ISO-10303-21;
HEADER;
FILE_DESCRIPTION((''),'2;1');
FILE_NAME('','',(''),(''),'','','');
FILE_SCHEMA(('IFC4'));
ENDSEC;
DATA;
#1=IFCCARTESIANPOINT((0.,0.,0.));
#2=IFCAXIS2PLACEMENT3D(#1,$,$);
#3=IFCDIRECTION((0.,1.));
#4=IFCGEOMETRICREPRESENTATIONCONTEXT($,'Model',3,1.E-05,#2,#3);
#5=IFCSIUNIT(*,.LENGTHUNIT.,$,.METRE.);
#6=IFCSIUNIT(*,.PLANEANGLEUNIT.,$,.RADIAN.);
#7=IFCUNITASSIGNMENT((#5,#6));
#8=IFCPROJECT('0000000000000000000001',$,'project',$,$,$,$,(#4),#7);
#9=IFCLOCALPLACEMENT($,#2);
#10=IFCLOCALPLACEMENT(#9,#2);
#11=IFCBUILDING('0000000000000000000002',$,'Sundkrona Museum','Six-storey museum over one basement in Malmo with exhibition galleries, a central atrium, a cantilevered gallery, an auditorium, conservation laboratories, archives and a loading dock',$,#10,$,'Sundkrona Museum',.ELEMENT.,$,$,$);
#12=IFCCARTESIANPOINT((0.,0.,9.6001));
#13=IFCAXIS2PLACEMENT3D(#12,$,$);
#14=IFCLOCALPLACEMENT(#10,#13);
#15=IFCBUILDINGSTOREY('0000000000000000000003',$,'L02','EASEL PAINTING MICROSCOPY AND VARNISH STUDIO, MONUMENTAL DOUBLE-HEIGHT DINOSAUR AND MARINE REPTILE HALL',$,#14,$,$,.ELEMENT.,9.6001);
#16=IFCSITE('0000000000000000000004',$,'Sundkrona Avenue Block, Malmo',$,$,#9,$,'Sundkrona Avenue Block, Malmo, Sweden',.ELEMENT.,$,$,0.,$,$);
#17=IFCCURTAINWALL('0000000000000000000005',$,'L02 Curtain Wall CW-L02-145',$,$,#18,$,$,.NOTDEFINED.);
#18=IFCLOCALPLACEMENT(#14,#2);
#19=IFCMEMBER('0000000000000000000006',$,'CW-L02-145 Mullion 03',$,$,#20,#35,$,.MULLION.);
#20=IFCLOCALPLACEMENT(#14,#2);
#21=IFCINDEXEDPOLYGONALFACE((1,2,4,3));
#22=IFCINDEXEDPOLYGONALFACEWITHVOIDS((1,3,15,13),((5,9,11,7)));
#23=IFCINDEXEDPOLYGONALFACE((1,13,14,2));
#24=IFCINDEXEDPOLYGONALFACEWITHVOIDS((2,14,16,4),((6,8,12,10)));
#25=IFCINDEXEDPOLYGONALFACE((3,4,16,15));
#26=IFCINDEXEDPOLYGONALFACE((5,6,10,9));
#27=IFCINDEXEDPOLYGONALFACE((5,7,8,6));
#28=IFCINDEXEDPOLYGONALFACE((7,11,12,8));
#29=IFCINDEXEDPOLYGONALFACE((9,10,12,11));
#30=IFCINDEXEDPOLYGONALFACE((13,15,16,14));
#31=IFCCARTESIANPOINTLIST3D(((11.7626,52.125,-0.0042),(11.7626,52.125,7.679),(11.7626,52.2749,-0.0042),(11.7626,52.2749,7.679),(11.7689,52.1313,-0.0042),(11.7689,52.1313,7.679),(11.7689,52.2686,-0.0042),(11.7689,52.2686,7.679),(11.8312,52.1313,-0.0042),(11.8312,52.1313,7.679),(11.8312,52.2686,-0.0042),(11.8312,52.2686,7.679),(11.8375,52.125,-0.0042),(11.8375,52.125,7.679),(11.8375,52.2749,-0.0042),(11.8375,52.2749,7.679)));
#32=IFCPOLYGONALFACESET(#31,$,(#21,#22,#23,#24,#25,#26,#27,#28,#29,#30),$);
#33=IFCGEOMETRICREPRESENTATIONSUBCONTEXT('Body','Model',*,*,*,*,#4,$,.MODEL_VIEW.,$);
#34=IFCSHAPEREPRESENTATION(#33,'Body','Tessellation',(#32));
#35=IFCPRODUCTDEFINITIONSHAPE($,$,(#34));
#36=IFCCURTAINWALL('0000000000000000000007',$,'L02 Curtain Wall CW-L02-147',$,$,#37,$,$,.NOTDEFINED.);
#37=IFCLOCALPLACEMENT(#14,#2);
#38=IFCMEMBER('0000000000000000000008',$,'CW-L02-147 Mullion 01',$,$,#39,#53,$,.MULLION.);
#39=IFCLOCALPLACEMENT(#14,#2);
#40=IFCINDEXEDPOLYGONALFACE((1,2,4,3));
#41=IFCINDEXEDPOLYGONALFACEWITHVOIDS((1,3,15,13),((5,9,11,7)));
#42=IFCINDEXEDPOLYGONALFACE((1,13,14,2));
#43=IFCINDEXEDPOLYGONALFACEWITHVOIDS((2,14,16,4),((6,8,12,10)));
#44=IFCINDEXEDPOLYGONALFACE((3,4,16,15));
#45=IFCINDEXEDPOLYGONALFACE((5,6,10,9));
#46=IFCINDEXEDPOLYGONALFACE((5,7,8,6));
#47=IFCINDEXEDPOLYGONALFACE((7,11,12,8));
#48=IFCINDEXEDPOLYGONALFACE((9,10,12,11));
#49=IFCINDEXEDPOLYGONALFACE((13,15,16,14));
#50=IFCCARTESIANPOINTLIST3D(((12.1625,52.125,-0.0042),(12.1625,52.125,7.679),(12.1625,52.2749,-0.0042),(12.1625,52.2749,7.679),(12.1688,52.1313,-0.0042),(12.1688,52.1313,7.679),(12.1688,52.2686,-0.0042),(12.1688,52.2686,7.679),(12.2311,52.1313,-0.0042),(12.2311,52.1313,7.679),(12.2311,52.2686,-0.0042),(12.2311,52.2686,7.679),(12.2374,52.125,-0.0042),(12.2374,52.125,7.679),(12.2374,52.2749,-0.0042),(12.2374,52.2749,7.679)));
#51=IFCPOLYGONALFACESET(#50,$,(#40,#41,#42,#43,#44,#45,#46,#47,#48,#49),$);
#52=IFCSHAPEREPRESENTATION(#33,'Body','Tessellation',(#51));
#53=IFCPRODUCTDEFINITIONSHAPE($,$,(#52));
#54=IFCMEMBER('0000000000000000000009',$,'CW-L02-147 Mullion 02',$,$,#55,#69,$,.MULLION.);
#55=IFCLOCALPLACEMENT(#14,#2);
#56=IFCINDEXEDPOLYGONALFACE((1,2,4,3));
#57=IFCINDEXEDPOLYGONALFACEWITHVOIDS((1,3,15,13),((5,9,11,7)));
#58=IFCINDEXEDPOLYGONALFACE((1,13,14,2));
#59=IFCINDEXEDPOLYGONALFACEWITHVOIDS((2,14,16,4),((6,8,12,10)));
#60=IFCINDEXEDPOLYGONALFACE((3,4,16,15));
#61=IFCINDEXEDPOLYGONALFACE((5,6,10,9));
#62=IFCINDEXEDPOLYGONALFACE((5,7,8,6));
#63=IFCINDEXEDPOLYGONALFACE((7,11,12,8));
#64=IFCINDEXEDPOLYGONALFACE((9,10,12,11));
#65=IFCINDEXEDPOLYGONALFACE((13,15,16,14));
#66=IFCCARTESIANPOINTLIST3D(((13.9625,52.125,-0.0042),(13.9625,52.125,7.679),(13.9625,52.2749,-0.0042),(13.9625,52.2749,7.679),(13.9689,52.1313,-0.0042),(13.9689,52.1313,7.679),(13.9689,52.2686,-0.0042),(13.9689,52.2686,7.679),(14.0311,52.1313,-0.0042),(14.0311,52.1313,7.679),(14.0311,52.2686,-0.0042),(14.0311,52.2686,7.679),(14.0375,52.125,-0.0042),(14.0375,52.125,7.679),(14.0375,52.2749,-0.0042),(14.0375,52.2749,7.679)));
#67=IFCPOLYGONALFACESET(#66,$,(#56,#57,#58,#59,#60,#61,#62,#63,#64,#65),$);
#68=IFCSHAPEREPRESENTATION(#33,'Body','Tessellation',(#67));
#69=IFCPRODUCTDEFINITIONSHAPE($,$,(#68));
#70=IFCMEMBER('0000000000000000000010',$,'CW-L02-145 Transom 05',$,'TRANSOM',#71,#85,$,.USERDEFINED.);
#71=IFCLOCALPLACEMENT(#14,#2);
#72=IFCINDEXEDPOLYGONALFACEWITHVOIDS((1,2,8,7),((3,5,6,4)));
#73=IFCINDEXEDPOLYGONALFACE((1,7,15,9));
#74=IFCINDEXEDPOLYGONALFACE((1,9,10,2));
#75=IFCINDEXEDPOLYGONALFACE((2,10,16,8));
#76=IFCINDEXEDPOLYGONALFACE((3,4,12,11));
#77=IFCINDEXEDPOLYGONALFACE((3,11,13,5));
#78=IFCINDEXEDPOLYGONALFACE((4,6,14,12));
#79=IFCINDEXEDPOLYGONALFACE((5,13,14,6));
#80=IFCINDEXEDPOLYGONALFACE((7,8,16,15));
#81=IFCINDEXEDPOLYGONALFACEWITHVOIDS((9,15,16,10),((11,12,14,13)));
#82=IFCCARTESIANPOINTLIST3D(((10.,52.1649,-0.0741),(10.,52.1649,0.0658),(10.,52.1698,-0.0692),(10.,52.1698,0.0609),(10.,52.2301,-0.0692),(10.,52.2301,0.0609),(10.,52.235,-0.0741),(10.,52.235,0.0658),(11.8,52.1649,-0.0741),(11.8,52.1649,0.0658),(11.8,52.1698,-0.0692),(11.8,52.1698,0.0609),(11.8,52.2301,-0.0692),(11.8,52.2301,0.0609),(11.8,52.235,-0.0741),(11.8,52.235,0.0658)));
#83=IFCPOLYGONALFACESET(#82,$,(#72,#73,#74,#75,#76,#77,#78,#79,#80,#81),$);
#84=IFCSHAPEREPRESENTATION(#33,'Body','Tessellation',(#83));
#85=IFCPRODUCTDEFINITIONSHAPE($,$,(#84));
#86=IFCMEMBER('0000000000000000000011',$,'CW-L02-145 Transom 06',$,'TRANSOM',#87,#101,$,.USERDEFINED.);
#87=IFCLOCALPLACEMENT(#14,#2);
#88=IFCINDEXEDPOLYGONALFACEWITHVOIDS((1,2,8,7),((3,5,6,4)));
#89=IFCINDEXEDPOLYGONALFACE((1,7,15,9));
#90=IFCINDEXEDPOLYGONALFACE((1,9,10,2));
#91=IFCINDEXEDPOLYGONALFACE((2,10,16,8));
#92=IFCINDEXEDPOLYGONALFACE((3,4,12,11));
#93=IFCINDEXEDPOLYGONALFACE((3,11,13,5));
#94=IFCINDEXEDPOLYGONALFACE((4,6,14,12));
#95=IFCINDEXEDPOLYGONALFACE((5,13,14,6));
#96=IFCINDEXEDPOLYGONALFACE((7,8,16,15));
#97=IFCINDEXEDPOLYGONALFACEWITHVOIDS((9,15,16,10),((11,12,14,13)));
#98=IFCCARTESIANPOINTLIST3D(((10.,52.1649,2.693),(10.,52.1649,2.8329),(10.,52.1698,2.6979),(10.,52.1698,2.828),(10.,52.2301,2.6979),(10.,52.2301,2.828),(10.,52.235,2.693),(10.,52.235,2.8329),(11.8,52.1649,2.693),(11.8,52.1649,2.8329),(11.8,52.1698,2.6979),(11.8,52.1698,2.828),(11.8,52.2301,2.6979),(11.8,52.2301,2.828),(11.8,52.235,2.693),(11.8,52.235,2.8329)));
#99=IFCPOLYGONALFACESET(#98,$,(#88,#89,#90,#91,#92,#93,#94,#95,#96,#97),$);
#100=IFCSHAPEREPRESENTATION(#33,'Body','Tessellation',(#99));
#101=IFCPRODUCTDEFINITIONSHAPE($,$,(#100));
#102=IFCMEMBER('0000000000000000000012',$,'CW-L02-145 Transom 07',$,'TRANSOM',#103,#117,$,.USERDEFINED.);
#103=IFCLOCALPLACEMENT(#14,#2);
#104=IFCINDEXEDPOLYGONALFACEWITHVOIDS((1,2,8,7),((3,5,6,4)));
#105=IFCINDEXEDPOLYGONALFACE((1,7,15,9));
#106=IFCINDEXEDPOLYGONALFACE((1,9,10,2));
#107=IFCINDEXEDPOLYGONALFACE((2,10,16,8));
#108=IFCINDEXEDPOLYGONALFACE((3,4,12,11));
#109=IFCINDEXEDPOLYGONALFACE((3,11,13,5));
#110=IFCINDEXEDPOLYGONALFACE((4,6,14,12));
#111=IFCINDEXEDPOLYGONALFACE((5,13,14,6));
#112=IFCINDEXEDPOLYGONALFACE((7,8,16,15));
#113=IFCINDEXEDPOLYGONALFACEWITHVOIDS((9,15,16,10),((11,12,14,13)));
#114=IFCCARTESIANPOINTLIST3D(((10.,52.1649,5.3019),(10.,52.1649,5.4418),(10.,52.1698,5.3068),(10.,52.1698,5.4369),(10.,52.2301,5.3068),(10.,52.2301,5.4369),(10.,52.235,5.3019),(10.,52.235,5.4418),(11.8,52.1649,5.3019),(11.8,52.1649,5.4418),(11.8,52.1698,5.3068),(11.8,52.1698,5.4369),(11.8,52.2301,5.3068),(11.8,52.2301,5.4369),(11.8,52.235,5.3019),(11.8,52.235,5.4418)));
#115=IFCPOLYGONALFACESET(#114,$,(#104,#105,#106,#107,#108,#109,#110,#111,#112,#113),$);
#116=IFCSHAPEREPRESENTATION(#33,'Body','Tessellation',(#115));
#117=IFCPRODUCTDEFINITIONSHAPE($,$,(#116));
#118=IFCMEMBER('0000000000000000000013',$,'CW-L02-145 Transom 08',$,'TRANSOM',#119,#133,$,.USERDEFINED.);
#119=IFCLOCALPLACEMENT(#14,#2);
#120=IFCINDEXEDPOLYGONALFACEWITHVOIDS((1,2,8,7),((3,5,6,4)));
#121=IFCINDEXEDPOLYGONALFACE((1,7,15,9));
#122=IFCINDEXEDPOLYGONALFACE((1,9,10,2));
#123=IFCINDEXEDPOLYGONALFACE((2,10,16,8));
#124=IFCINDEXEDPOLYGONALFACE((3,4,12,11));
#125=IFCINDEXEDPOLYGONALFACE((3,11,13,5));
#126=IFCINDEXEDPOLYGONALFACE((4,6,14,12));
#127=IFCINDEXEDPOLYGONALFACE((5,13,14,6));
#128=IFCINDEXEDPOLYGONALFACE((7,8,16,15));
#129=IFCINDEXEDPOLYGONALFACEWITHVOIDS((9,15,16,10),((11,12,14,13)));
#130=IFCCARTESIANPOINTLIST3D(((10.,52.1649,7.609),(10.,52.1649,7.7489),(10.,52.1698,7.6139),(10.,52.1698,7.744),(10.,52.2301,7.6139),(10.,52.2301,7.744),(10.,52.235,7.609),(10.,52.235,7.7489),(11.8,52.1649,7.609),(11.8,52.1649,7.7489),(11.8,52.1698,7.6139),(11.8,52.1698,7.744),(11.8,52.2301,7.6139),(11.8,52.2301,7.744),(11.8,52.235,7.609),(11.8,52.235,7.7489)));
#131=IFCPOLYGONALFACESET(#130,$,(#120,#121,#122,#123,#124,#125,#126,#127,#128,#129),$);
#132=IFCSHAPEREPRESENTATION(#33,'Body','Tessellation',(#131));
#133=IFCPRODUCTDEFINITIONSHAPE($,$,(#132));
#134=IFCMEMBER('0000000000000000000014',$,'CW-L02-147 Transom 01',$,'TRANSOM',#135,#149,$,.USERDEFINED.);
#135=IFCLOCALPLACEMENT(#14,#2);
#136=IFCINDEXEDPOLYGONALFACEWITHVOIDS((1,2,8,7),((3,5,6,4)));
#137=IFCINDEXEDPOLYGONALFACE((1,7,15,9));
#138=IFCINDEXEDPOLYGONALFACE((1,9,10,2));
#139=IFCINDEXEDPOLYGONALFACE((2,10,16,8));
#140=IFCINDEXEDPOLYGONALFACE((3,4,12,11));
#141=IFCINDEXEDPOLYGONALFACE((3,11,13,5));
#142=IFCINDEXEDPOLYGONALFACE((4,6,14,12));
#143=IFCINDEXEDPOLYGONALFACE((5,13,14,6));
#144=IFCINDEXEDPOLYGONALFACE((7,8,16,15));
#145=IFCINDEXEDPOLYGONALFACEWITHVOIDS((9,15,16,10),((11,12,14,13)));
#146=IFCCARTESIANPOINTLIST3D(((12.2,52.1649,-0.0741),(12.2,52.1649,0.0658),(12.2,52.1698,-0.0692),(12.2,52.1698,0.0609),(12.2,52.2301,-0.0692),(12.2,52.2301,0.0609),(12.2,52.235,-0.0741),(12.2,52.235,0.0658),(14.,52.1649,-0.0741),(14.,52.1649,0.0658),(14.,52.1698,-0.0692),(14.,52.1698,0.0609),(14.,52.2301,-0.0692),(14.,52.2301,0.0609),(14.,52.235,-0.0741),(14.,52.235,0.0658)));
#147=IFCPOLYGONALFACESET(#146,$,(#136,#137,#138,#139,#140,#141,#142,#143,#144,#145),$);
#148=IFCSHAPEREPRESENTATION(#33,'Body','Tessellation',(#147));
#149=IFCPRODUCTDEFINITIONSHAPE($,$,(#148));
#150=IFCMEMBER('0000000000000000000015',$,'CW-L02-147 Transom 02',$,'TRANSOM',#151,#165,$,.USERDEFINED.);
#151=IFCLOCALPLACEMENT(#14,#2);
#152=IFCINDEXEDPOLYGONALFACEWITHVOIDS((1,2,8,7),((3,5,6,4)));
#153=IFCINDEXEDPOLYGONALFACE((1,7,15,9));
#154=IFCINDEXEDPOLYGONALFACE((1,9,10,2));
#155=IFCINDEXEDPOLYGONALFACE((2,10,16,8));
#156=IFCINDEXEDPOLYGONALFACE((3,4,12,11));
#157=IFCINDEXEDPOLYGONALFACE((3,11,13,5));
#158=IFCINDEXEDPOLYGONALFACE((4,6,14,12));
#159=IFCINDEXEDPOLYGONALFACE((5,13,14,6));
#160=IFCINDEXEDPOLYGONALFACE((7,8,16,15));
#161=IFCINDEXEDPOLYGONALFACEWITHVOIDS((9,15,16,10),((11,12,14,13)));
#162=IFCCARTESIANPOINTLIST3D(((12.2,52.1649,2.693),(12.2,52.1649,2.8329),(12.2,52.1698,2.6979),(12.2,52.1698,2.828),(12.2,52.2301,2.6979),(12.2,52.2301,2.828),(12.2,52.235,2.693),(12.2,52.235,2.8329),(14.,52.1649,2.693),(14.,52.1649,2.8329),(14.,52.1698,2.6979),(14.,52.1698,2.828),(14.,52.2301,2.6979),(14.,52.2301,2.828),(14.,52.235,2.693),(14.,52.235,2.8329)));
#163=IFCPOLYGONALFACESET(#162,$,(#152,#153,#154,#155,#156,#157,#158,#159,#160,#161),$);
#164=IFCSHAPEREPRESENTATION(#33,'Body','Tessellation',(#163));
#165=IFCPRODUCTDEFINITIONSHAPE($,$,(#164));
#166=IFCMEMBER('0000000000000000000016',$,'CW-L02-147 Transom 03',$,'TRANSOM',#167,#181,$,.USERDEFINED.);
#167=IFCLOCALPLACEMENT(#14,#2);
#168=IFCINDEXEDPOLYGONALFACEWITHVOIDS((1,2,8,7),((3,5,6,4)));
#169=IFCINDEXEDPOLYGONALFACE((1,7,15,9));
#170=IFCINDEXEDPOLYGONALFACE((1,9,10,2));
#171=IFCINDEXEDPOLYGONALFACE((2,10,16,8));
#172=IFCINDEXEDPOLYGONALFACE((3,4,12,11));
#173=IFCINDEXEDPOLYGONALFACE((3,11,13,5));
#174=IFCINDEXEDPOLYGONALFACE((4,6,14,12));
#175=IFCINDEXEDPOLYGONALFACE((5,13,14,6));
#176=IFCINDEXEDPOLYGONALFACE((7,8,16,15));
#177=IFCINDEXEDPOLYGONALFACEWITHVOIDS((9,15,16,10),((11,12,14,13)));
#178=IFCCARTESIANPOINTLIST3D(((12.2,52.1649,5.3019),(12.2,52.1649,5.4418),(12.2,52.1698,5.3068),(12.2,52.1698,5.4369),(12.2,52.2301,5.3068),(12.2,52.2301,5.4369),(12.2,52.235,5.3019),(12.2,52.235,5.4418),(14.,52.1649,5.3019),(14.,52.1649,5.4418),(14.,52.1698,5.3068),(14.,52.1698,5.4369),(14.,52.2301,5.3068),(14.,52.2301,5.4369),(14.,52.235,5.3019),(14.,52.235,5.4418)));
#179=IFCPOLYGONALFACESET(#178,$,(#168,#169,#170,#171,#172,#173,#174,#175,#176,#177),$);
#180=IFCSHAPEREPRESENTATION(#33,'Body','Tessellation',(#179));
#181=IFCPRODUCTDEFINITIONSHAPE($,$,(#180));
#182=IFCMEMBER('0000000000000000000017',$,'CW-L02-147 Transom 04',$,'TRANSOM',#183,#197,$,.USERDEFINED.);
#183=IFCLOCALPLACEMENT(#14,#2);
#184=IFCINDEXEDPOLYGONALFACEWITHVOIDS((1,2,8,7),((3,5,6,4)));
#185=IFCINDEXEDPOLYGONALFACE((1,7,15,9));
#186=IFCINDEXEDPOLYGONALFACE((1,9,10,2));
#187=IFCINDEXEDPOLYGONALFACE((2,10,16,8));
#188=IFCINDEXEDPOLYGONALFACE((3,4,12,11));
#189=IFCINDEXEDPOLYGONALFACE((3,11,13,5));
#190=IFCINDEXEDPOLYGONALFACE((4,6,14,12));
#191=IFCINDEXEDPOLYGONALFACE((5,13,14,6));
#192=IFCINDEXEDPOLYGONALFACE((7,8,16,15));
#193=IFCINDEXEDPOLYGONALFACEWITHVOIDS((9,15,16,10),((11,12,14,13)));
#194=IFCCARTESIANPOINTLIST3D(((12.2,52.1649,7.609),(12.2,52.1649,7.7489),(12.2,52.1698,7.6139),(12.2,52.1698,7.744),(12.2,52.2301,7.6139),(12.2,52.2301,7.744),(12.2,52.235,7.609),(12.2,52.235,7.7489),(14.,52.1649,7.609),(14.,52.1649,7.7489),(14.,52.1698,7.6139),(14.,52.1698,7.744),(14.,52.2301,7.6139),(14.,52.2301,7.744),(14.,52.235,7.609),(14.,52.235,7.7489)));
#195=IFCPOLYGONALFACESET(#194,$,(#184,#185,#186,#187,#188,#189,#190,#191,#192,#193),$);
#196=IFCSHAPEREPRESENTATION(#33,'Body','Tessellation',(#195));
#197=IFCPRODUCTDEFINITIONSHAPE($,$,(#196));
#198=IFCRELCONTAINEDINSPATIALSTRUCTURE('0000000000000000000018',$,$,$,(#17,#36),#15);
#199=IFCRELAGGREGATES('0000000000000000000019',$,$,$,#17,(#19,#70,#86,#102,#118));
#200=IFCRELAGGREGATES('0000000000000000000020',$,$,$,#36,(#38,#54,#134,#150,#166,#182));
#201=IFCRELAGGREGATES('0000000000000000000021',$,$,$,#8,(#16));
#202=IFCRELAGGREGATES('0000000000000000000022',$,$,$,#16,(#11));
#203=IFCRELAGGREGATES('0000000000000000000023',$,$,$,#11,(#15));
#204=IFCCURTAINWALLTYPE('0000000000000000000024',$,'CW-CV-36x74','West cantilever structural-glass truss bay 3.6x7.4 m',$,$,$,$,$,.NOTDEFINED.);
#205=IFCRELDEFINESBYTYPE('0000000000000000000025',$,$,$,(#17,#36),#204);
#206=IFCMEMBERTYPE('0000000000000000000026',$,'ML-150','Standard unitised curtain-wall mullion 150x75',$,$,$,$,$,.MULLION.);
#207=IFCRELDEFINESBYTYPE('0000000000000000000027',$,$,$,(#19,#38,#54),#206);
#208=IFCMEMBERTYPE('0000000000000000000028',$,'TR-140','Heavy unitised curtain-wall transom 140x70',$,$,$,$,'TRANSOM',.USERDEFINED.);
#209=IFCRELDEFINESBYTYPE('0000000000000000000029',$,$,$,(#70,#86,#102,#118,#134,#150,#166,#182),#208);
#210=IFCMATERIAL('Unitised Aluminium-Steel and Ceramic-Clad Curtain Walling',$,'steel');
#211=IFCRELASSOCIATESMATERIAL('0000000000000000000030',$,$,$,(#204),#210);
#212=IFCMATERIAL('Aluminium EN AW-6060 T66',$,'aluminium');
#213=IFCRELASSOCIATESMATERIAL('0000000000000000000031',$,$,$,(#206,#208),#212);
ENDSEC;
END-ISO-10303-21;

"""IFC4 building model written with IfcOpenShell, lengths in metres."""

from ifc_helpers import new_model, si_unit, direction, frame, origin, origin_2d, place, context, subcontext, project, spatial, hollow_rectangle, extrude, material, material_profile, profile_set, type_object, element, aggregate, save


model = new_model("IFC4")

# Units and contexts
model_context = context("Model", 3, precision=1e-05, world=origin(), true_north=direction((0.0, 1.0)))
body_context = subcontext(model_context, "Body", "Model", "MODEL_VIEW")
ifc_project = project(units=[si_unit("LENGTHUNIT", "METRE"), si_unit("PLANEANGLEUNIT", "RADIAN")], contexts=[model_context])

# Site, building, storey
site_placement = place(None, origin())
site = spatial("IfcSite", under=ifc_project, at=site_placement, Name="Sundkrona Avenue Block, Malmo", LongName="Sundkrona Avenue Block, Malmo, Sweden", CompositionType="ELEMENT", RefElevation=0.0)
building_placement = place(site_placement, origin())
building = spatial("IfcBuilding", under=site, at=building_placement, Name="Sundkrona Museum", Description="Six-storey museum over one basement in Malmo with exhibition galleries, a central atrium, a cantilevered gallery, an auditorium, conservation laboratories, archives and a loading dock", LongName="Sundkrona Museum", CompositionType="ELEMENT")
storey_placement = place(building_placement, frame((0.0, 0.0, 9.6001)))
storey = spatial("IfcBuildingStorey", under=building, at=storey_placement, Name="L02", Description="EASEL PAINTING MICROSCOPY AND VARNISH STUDIO, MONUMENTAL DOUBLE-HEIGHT DINOSAUR AND MARINE REPTILE HALL", CompositionType="ELEMENT", Elevation=9.6001)

# Curtain wall, member
ifc_material_1 = material(Name="Unitised Aluminium-Steel and Ceramic-Clad Curtain Walling", Category="steel")
curtain_wall_type = type_object("IfcCurtainWallType", Name="CW-CV-36x74", Description="West cantilever structural-glass truss bay 3.6x7.4 m", PredefinedType="NOTDEFINED", material=ifc_material_1)
curtain_wall_1_placement = place(storey_placement, origin())
curtain_wall_1 = element("IfcCurtainWall", 1, at=curtain_wall_1_placement, inside=storey, type_object=curtain_wall_type, Name="L02 Curtain Wall CW-L02-145", PredefinedType="NOTDEFINED")
ifc_material_2 = material(Name="Aluminium EN AW-6060 T66", Category="aluminium")
ifc_material_profile_1 = material_profile(ifc_material_2, hollow_rectangle(XDim=0.075, YDim=0.1499, WallThickness=0.0063, at=origin_2d()), Name="RHS 150x75x6.3")
ifc_profile_set_1 = profile_set([ifc_material_profile_1], Name="Aluminium EN AW-6060 T66")
member_type_1 = type_object("IfcMemberType", Name="ML-150", Description="Standard unitised curtain-wall mullion 150x75", PredefinedType="MULLION", material=ifc_profile_set_1)
member_1_placement = place(storey_placement, frame((11.8, 52.2, -0.0042), z_axis=(0.0, 0.0, 1.0), x_axis=(1.0, 0.0, 0.0)))
member_1 = element("IfcMember", 2, at=member_1_placement, type_object=member_type_1, Name="CW-L02-145 Mullion 03", PredefinedType="MULLION", context=body_context, shape_type="SweptSolid", body=[
    extrude(hollow_rectangle(XDim=0.075, YDim=0.1499, WallThickness=0.0063, at=origin_2d()), origin(), (0.0, 0.0, 1.0), 7.6831),
])

# Curtain wall, members
curtain_wall_2_placement = place(storey_placement, origin())
curtain_wall_2 = element("IfcCurtainWall", 3, at=curtain_wall_2_placement, inside=storey, type_object=curtain_wall_type, Name="L02 Curtain Wall CW-L02-147", PredefinedType="NOTDEFINED")
member_2_placement = place(storey_placement, frame((12.2, 52.2, -0.0042), z_axis=(0.0, 0.0, 1.0), x_axis=(1.0, 0.0, 0.0)))
member_2 = element("IfcMember", 4, at=member_2_placement, type_object=member_type_1, Name="CW-L02-147 Mullion 01", PredefinedType="MULLION", context=body_context, shape_type="SweptSolid", body=[
    extrude(hollow_rectangle(XDim=0.075, YDim=0.1499, WallThickness=0.0063, at=origin_2d()), origin(), (0.0, 0.0, 1.0), 7.6831),
])
member_3_placement = place(storey_placement, frame((14.0, 52.2, -0.0042), z_axis=(0.0, 0.0, 1.0), x_axis=(1.0, 0.0, 0.0)))
member_3 = element("IfcMember", 5, at=member_3_placement, type_object=member_type_1, Name="CW-L02-147 Mullion 02", PredefinedType="MULLION", context=body_context, shape_type="SweptSolid", body=[
    extrude(hollow_rectangle(XDim=0.075, YDim=0.1499, WallThickness=0.0063, at=origin_2d()), origin(), (0.0, 0.0, 1.0), 7.6831),
])

# Members
ifc_material_profile_2 = material_profile(ifc_material_2, hollow_rectangle(XDim=0.0701, YDim=0.1399, WallThickness=0.0049, at=origin_2d()), Name="RHS 140x70x5.0")
ifc_profile_set_2 = profile_set([ifc_material_profile_2], Name="Aluminium EN AW-6060 T66")
member_type_2 = type_object("IfcMemberType", Name="TR-140", Description="Heavy unitised curtain-wall transom 140x70", ElementType="TRANSOM", PredefinedType="USERDEFINED", material=ifc_profile_set_2)
member_4_placement = place(storey_placement, frame((10.0, 52.2, -0.0042), z_axis=(1.0, 0.0, 0.0), x_axis=(0.0, 1.0, 0.0)))
member_4 = element("IfcMember", 6, at=member_4_placement, type_object=member_type_2, Name="CW-L02-145 Transom 05", ObjectType="TRANSOM", PredefinedType="USERDEFINED", context=body_context, shape_type="SweptSolid", body=[
    extrude(hollow_rectangle(XDim=0.0701, YDim=0.1399, WallThickness=0.0049, at=origin_2d()), origin(), (0.0, 0.0, 1.0), 1.8),
])
member_5_placement = place(storey_placement, frame((10.0, 52.2, 2.7629), z_axis=(1.0, 0.0, 0.0), x_axis=(0.0, 1.0, 0.0)))
member_5 = element("IfcMember", 7, at=member_5_placement, type_object=member_type_2, Name="CW-L02-145 Transom 06", ObjectType="TRANSOM", PredefinedType="USERDEFINED", context=body_context, shape_type="SweptSolid", body=[
    extrude(hollow_rectangle(XDim=0.0701, YDim=0.1399, WallThickness=0.0049, at=origin_2d()), origin(), (0.0, 0.0, 1.0), 1.8),
])
member_6_placement = place(storey_placement, frame((10.0, 52.2, 5.3718), z_axis=(1.0, 0.0, 0.0), x_axis=(0.0, 1.0, 0.0)))
member_6 = element("IfcMember", 8, at=member_6_placement, type_object=member_type_2, Name="CW-L02-145 Transom 07", ObjectType="TRANSOM", PredefinedType="USERDEFINED", context=body_context, shape_type="SweptSolid", body=[
    extrude(hollow_rectangle(XDim=0.0701, YDim=0.1399, WallThickness=0.0049, at=origin_2d()), origin(), (0.0, 0.0, 1.0), 1.8),
])
member_7_placement = place(storey_placement, frame((10.0, 52.2, 7.679), z_axis=(1.0, 0.0, 0.0), x_axis=(0.0, 1.0, 0.0)))
member_7 = element("IfcMember", 9, at=member_7_placement, type_object=member_type_2, Name="CW-L02-145 Transom 08", ObjectType="TRANSOM", PredefinedType="USERDEFINED", context=body_context, shape_type="SweptSolid", body=[
    extrude(hollow_rectangle(XDim=0.0701, YDim=0.1399, WallThickness=0.0049, at=origin_2d()), origin(), (0.0, 0.0, 1.0), 1.8),
])
member_8_placement = place(storey_placement, frame((12.2, 52.2, -0.0042), z_axis=(1.0, 0.0, 0.0), x_axis=(0.0, 1.0, 0.0)))
member_8 = element("IfcMember", 10, at=member_8_placement, type_object=member_type_2, Name="CW-L02-147 Transom 01", ObjectType="TRANSOM", PredefinedType="USERDEFINED", context=body_context, shape_type="SweptSolid", body=[
    extrude(hollow_rectangle(XDim=0.0701, YDim=0.1399, WallThickness=0.0049, at=origin_2d()), origin(), (0.0, 0.0, 1.0), 1.8),
])
member_9_placement = place(storey_placement, frame((12.2, 52.2, 2.7629), z_axis=(1.0, 0.0, 0.0), x_axis=(0.0, 1.0, 0.0)))
member_9 = element("IfcMember", 11, at=member_9_placement, type_object=member_type_2, Name="CW-L02-147 Transom 02", ObjectType="TRANSOM", PredefinedType="USERDEFINED", context=body_context, shape_type="SweptSolid", body=[
    extrude(hollow_rectangle(XDim=0.0701, YDim=0.1399, WallThickness=0.0049, at=origin_2d()), origin(), (0.0, 0.0, 1.0), 1.8),
])
member_10_placement = place(storey_placement, frame((12.2, 52.2, 5.3718), z_axis=(1.0, 0.0, 0.0), x_axis=(0.0, 1.0, 0.0)))
member_10 = element("IfcMember", 12, at=member_10_placement, type_object=member_type_2, Name="CW-L02-147 Transom 03", ObjectType="TRANSOM", PredefinedType="USERDEFINED", context=body_context, shape_type="SweptSolid", body=[
    extrude(hollow_rectangle(XDim=0.0701, YDim=0.1399, WallThickness=0.0049, at=origin_2d()), origin(), (0.0, 0.0, 1.0), 1.8),
])
member_11_placement = place(storey_placement, frame((12.2, 52.2, 7.679), z_axis=(1.0, 0.0, 0.0), x_axis=(0.0, 1.0, 0.0)))
member_11 = element("IfcMember", 13, at=member_11_placement, type_object=member_type_2, Name="CW-L02-147 Transom 04", ObjectType="TRANSOM", PredefinedType="USERDEFINED", context=body_context, shape_type="SweptSolid", body=[
    extrude(hollow_rectangle(XDim=0.0701, YDim=0.1399, WallThickness=0.0049, at=origin_2d()), origin(), (0.0, 0.0, 1.0), 1.8),
])

aggregate(curtain_wall_1, [member_1, member_4, member_5, member_6, member_7])
aggregate(curtain_wall_2, [member_2, member_3, member_8, member_9, member_10, member_11])

save(model, "model.ifc")
